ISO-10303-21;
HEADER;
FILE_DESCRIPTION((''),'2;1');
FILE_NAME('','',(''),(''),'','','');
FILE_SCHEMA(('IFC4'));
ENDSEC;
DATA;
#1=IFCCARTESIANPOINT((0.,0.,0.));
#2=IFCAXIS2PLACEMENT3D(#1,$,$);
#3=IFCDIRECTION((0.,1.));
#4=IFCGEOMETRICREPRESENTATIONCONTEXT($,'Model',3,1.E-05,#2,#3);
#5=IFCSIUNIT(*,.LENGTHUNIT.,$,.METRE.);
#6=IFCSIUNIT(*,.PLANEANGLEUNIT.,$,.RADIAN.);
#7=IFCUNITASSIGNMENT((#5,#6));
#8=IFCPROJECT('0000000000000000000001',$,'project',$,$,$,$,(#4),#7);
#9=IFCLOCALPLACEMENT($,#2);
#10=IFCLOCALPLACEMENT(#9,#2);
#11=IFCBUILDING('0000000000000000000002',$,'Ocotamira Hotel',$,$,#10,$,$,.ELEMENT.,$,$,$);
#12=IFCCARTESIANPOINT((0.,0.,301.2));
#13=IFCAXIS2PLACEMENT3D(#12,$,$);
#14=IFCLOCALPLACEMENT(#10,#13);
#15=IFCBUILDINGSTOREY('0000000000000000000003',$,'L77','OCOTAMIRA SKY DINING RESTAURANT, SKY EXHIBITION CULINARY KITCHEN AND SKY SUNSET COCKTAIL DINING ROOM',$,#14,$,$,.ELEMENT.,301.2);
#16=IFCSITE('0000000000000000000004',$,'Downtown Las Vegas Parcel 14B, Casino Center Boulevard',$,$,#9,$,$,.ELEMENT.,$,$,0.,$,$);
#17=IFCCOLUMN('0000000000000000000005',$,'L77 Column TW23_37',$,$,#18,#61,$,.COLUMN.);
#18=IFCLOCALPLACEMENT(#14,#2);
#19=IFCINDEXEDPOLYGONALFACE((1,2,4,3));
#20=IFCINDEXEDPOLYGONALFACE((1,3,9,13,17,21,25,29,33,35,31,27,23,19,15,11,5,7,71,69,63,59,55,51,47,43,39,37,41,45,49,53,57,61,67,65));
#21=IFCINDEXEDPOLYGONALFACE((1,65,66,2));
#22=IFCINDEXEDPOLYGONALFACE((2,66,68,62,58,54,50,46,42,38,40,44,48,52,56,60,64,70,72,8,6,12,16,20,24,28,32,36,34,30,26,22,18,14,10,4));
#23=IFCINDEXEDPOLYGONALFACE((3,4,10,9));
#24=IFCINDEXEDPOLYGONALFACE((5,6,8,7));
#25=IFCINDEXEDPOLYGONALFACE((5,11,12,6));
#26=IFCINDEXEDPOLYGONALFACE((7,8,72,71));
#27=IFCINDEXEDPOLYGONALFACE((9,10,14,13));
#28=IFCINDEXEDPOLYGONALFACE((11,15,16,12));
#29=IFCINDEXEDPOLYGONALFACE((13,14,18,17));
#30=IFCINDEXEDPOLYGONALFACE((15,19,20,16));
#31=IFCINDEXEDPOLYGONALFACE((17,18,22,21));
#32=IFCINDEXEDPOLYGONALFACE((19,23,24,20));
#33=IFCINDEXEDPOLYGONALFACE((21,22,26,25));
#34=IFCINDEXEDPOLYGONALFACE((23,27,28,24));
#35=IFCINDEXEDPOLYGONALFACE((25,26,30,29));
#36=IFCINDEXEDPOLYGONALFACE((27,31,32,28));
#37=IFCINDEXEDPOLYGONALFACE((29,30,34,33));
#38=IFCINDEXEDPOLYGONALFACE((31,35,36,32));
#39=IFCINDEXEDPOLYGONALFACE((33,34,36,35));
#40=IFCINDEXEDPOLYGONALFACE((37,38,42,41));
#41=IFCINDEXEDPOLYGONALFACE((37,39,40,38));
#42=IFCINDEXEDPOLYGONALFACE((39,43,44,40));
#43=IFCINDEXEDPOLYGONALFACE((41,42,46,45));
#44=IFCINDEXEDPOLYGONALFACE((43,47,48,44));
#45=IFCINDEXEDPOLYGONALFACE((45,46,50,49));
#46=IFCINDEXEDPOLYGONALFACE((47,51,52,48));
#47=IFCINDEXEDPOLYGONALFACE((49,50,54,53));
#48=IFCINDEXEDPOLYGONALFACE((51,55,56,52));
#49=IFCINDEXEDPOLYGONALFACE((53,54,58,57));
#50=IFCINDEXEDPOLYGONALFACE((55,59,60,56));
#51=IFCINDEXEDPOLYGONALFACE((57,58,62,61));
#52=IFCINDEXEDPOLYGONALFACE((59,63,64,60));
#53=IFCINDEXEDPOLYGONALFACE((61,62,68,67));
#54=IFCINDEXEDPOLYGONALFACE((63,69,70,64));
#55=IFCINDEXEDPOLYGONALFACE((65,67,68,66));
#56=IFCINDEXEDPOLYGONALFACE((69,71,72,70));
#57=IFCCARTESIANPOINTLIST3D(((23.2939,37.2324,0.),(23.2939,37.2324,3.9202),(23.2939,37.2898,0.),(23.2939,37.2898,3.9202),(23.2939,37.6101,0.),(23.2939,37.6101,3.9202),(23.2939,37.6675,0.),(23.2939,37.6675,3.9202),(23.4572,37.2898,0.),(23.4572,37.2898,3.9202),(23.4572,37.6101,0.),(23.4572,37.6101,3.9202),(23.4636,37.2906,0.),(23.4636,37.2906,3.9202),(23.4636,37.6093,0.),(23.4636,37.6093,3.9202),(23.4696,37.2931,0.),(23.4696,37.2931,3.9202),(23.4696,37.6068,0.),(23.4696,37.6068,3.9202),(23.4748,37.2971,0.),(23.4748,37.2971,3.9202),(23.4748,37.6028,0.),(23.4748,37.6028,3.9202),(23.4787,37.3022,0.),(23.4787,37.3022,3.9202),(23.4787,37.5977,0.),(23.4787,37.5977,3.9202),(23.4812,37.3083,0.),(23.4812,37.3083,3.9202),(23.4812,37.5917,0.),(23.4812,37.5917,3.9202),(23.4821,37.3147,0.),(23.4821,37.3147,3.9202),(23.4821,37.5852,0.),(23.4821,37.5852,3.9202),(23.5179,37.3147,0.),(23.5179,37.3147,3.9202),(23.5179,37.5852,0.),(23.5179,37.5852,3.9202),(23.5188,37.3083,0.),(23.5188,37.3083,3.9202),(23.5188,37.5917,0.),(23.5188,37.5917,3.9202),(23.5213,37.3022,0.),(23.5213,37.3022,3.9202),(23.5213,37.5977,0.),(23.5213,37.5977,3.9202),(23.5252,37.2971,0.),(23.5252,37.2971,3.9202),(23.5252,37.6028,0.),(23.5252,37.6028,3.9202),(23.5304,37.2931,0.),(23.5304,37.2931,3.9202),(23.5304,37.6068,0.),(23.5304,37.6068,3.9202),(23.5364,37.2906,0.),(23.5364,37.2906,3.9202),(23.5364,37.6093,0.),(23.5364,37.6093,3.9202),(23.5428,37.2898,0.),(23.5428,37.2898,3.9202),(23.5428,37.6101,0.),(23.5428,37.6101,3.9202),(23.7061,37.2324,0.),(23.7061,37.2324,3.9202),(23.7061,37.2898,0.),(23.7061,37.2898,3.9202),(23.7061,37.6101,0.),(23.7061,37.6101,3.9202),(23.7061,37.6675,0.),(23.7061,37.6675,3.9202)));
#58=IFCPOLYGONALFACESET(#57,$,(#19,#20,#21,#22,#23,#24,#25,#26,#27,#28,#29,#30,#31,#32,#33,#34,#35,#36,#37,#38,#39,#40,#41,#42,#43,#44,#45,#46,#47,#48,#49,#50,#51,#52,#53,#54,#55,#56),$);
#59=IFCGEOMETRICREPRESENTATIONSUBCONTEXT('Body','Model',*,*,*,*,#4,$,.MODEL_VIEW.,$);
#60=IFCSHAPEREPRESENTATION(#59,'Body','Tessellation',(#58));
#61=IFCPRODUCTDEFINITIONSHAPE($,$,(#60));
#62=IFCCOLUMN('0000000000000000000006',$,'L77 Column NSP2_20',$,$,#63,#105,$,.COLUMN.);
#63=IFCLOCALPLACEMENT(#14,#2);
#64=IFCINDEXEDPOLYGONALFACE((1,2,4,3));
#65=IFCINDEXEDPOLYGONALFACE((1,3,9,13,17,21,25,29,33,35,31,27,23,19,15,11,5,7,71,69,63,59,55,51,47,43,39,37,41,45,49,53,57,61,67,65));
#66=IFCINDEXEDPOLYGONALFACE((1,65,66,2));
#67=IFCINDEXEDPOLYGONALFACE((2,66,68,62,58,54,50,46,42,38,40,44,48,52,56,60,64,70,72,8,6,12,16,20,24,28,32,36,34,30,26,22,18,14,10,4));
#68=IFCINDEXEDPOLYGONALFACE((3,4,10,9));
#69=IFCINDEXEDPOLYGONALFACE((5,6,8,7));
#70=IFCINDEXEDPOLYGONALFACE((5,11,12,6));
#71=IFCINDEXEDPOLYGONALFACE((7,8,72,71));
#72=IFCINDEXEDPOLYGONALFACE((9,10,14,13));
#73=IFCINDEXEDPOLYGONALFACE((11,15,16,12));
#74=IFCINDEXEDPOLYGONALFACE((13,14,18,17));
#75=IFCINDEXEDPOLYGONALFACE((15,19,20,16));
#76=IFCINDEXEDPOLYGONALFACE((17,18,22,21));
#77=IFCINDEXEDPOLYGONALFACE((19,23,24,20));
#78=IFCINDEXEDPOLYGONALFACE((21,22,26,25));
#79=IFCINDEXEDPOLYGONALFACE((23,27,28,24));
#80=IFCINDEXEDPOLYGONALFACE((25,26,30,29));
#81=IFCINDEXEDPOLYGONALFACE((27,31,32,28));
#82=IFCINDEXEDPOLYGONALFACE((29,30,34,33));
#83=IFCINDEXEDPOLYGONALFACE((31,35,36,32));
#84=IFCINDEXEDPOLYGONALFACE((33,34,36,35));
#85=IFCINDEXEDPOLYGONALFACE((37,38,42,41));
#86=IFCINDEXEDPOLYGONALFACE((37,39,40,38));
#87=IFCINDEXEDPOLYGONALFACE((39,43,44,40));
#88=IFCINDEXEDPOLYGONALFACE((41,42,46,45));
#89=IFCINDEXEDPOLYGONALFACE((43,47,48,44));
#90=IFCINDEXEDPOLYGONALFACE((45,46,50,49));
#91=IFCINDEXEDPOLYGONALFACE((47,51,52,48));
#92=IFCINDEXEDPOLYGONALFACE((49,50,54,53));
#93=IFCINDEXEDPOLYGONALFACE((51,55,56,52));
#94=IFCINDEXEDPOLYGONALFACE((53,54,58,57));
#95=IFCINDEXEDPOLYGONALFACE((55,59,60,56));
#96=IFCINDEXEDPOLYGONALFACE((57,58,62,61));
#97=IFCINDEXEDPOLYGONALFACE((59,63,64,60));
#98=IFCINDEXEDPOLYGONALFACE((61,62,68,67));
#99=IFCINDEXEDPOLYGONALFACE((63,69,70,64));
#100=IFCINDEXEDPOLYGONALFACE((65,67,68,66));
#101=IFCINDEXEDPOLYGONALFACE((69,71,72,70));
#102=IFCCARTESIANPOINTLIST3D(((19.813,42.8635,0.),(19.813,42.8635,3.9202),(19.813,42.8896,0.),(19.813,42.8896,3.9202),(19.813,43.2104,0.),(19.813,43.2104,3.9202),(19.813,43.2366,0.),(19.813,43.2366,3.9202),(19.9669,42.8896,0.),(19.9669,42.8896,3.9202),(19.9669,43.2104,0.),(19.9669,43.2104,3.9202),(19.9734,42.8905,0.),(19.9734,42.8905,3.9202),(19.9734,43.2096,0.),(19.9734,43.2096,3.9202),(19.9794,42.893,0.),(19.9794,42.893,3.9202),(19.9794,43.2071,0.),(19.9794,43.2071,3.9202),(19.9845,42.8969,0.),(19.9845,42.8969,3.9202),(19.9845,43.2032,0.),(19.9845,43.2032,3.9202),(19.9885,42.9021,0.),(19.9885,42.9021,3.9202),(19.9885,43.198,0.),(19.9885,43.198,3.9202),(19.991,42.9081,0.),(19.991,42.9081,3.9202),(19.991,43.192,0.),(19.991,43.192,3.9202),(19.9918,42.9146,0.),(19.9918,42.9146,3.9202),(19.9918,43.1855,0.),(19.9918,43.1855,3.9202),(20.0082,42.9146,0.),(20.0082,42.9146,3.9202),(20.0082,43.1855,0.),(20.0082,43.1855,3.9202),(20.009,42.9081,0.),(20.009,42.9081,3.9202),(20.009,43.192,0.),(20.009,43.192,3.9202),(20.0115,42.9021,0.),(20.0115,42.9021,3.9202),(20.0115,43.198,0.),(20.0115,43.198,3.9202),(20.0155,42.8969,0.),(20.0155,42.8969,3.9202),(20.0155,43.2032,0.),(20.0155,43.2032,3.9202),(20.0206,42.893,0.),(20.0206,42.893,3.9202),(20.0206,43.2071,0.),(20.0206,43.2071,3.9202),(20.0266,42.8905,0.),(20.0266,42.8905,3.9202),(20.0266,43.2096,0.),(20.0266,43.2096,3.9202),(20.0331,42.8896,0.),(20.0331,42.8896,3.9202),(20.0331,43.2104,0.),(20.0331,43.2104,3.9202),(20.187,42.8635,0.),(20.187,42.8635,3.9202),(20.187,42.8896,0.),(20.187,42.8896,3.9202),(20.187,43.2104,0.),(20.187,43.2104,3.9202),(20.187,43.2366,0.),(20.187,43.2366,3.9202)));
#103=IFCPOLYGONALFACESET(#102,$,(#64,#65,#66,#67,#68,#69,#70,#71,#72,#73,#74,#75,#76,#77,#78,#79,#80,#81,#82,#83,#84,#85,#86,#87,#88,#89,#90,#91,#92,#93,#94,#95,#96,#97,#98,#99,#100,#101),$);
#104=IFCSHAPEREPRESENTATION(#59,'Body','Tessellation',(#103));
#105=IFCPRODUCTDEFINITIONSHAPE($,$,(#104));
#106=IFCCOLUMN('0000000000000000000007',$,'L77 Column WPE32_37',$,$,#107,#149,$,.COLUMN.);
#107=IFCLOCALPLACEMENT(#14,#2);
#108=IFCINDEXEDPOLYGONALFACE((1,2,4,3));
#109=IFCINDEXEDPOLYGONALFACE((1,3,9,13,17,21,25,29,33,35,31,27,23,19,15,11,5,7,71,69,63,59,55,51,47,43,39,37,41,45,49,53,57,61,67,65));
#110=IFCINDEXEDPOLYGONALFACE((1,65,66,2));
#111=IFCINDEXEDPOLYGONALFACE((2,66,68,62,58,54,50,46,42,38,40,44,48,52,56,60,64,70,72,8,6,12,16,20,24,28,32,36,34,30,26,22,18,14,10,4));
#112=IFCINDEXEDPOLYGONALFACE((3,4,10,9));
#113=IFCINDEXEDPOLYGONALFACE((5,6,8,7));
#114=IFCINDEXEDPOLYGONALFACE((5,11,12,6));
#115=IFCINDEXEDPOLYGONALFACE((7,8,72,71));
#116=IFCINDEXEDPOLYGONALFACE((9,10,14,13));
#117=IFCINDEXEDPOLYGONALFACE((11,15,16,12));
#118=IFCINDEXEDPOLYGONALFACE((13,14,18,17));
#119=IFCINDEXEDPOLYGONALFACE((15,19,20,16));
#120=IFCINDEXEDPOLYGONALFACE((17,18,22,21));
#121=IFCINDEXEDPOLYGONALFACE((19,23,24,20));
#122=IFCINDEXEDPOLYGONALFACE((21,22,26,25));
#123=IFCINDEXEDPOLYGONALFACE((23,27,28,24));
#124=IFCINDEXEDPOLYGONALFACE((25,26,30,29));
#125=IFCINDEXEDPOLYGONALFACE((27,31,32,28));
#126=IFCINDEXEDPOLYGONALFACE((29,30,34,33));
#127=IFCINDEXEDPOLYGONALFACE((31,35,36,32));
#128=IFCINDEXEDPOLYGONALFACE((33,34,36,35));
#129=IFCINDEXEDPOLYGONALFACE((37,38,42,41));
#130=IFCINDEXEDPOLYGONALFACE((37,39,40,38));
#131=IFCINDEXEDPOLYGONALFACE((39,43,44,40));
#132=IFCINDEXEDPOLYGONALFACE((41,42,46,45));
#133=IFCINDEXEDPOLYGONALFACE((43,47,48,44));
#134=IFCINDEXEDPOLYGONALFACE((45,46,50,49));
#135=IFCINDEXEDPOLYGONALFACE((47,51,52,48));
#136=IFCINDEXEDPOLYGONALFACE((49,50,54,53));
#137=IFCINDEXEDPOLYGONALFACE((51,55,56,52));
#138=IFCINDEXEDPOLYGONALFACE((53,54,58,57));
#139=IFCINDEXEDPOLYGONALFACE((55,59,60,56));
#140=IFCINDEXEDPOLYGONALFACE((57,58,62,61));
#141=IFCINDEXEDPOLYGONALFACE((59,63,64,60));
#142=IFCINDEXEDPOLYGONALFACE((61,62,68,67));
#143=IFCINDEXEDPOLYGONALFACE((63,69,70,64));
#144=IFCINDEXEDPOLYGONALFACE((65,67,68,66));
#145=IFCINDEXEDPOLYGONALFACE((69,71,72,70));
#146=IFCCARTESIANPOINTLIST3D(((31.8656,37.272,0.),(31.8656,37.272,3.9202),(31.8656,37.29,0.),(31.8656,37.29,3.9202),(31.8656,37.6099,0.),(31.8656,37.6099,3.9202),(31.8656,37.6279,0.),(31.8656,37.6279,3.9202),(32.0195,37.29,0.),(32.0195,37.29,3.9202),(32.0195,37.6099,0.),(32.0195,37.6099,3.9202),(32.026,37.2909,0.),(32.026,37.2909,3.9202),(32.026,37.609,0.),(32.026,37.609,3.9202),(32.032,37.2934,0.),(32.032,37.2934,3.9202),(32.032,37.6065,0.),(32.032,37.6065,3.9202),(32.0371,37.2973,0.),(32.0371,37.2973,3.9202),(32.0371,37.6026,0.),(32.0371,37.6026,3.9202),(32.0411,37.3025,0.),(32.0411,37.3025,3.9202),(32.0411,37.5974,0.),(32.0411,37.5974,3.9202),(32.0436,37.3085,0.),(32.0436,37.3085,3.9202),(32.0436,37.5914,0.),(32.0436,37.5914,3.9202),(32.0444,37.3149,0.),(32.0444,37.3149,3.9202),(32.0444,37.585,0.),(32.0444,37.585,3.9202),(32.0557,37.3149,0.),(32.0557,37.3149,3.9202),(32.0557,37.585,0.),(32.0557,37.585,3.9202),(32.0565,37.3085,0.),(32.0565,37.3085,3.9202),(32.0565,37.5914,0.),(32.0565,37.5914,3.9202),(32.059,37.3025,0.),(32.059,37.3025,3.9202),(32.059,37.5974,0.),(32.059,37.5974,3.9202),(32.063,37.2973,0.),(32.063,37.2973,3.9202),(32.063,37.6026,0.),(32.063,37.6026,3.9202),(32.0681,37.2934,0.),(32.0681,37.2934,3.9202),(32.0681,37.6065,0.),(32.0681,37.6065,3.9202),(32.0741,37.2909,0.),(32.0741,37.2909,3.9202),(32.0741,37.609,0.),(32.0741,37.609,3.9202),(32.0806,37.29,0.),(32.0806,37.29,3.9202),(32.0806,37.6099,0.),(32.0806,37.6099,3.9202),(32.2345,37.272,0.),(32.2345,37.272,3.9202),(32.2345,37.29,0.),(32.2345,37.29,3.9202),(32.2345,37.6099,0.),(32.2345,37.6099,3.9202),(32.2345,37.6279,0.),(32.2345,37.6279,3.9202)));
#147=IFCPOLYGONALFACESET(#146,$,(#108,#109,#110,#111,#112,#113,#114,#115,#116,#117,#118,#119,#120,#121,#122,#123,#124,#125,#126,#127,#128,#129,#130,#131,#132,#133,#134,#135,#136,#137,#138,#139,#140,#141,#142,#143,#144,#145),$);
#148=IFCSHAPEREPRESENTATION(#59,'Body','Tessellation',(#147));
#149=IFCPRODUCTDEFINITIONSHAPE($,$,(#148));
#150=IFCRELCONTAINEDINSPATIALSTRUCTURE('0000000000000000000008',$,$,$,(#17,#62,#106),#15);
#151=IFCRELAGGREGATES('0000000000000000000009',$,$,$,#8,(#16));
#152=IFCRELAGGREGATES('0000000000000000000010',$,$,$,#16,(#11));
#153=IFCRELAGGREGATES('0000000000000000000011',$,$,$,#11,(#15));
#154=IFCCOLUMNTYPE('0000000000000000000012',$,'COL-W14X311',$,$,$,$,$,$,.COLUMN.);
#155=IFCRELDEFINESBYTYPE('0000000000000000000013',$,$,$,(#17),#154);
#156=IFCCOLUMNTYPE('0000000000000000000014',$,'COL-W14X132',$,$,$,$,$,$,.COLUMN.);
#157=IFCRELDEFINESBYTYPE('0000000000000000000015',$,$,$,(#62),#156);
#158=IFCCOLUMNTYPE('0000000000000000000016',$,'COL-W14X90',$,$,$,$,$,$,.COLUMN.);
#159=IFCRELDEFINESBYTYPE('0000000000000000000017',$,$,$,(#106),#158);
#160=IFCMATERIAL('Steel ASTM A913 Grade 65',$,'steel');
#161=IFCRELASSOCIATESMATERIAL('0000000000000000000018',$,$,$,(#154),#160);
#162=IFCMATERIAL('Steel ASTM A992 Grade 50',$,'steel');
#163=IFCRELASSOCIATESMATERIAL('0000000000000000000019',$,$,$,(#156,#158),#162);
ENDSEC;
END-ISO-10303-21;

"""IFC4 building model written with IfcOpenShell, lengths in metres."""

from ifc_helpers import new_model, si_unit, direction, frame, origin, origin_2d, place, context, subcontext, project, spatial, i_section, extrude, source, transform, mapped, material, material_profile, profile_set, type_object, element, save


model = new_model("IFC4")

# Units and contexts
model_context = context("Model", 3, precision=1e-05, world=origin(), true_north=direction((0.0, 1.0)))
body_context = subcontext(model_context, "Body", "Model", "MODEL_VIEW")
ifc_project = project(units=[si_unit("LENGTHUNIT", "METRE"), si_unit("PLANEANGLEUNIT", "RADIAN")], contexts=[model_context])

# Site, building, storey
site_placement = place(None, origin())
site = spatial("IfcSite", under=ifc_project, at=site_placement, Name="Downtown Las Vegas Parcel 14B, Casino Center Boulevard", CompositionType="ELEMENT", RefElevation=0.0)
building_placement = place(site_placement, origin())
building = spatial("IfcBuilding", under=site, at=building_placement, Name="Ocotamira Hotel", CompositionType="ELEMENT")
storey_placement = place(building_placement, frame((0.0, 0.0, 301.2)))
storey = spatial("IfcBuildingStorey", under=building, at=storey_placement, Name="L77", Description="OCOTAMIRA SKY DINING RESTAURANT, SKY EXHIBITION CULINARY KITCHEN AND SKY SUNSET COCKTAIL DINING ROOM", CompositionType="ELEMENT", Elevation=301.2)

# Columns
ifc_material_1 = material(Name="Steel ASTM A913 Grade 65", Category="steel")
ifc_material_profile_1 = material_profile(ifc_material_1, i_section(OverallWidth=0.4121, OverallDepth=0.4351, WebThickness=0.0359, FlangeThickness=0.0574, FilletRadius=0.0249, at=origin_2d()), Name="W14X311")
ifc_profile_set_1 = profile_set([ifc_material_profile_1], Name="Steel ASTM A913 Grade 65")
column_type_1 = type_object("IfcColumnType", Name="COL-W14X311", PredefinedType="COLUMN", material=ifc_profile_set_1)
shared_shape_1 = source(origin(), body_context, "Body", "SweptSolid", [
    extrude(i_section(OverallWidth=0.4121, OverallDepth=0.4351, WebThickness=0.0359, FlangeThickness=0.0574, FilletRadius=0.0249, at=origin_2d()), origin(), (0.0, 0.0, 1.0), 3.9202),
])
column_1_placement = place(storey_placement, frame((23.5, 37.45, 0.0), z_axis=(0.0, 0.0, 1.0), x_axis=(1.0, 0.0, 0.0)))
element("IfcColumn", 1, at=column_1_placement, inside=storey, type_object=column_type_1, Name="L77 Column TW23_37", PredefinedType="COLUMN", context=body_context, shape_type="MappedRepresentation", body=[
    mapped(shared_shape_1, transform((0.0, 0.0, 0.0), scale=1.0)),
])
ifc_material_2 = material(Name="Steel ASTM A992 Grade 50", Category="steel")
ifc_material_profile_2 = material_profile(ifc_material_2, i_section(OverallWidth=0.374, OverallDepth=0.373, WebThickness=0.0164, FlangeThickness=0.0261, FilletRadius=0.0249, at=origin_2d()), Name="W14X132")
ifc_profile_set_2 = profile_set([ifc_material_profile_2], Name="Steel ASTM A992 Grade 50")
column_type_2 = type_object("IfcColumnType", Name="COL-W14X132", PredefinedType="COLUMN", material=ifc_profile_set_2)
shared_shape_2 = source(origin(), body_context, "Body", "SweptSolid", [
    extrude(i_section(OverallWidth=0.374, OverallDepth=0.373, WebThickness=0.0164, FlangeThickness=0.0261, FilletRadius=0.0249, at=origin_2d()), origin(), (0.0, 0.0, 1.0), 3.9202),
])
column_2_placement = place(storey_placement, frame((20.0, 43.05, 0.0), z_axis=(0.0, 0.0, 1.0), x_axis=(1.0, 0.0, 0.0)))
element("IfcColumn", 2, at=column_2_placement, inside=storey, type_object=column_type_2, Name="L77 Column NSP2_20", PredefinedType="COLUMN", context=body_context, shape_type="MappedRepresentation", body=[
    mapped(shared_shape_2, transform((0.0, 0.0, 0.0), scale=1.0)),
])
ifc_material_profile_3 = material_profile(ifc_material_2, i_section(OverallWidth=0.3689, OverallDepth=0.356, WebThickness=0.0112, FlangeThickness=0.0181, FilletRadius=0.0249, at=origin_2d()), Name="W14X90")
ifc_profile_set_3 = profile_set([ifc_material_profile_3], Name="Steel ASTM A992 Grade 50")
column_type_3 = type_object("IfcColumnType", Name="COL-W14X90", PredefinedType="COLUMN", material=ifc_profile_set_3)
shared_shape_3 = source(origin(), body_context, "Body", "SweptSolid", [
    extrude(i_section(OverallWidth=0.3689, OverallDepth=0.356, WebThickness=0.0112, FlangeThickness=0.0181, FilletRadius=0.0249, at=origin_2d()), origin(), (0.0, 0.0, 1.0), 3.9202),
])
column_3_placement = place(storey_placement, frame((32.05, 37.45, 0.0), z_axis=(0.0, 0.0, 1.0), x_axis=(1.0, 0.0, 0.0)))
element("IfcColumn", 3, at=column_3_placement, inside=storey, type_object=column_type_3, Name="L77 Column WPE32_37", PredefinedType="COLUMN", context=body_context, shape_type="MappedRepresentation", body=[
    mapped(shared_shape_3, transform((0.0, 0.0, 0.0), scale=1.0)),
])

save(model, "model.ifc")
